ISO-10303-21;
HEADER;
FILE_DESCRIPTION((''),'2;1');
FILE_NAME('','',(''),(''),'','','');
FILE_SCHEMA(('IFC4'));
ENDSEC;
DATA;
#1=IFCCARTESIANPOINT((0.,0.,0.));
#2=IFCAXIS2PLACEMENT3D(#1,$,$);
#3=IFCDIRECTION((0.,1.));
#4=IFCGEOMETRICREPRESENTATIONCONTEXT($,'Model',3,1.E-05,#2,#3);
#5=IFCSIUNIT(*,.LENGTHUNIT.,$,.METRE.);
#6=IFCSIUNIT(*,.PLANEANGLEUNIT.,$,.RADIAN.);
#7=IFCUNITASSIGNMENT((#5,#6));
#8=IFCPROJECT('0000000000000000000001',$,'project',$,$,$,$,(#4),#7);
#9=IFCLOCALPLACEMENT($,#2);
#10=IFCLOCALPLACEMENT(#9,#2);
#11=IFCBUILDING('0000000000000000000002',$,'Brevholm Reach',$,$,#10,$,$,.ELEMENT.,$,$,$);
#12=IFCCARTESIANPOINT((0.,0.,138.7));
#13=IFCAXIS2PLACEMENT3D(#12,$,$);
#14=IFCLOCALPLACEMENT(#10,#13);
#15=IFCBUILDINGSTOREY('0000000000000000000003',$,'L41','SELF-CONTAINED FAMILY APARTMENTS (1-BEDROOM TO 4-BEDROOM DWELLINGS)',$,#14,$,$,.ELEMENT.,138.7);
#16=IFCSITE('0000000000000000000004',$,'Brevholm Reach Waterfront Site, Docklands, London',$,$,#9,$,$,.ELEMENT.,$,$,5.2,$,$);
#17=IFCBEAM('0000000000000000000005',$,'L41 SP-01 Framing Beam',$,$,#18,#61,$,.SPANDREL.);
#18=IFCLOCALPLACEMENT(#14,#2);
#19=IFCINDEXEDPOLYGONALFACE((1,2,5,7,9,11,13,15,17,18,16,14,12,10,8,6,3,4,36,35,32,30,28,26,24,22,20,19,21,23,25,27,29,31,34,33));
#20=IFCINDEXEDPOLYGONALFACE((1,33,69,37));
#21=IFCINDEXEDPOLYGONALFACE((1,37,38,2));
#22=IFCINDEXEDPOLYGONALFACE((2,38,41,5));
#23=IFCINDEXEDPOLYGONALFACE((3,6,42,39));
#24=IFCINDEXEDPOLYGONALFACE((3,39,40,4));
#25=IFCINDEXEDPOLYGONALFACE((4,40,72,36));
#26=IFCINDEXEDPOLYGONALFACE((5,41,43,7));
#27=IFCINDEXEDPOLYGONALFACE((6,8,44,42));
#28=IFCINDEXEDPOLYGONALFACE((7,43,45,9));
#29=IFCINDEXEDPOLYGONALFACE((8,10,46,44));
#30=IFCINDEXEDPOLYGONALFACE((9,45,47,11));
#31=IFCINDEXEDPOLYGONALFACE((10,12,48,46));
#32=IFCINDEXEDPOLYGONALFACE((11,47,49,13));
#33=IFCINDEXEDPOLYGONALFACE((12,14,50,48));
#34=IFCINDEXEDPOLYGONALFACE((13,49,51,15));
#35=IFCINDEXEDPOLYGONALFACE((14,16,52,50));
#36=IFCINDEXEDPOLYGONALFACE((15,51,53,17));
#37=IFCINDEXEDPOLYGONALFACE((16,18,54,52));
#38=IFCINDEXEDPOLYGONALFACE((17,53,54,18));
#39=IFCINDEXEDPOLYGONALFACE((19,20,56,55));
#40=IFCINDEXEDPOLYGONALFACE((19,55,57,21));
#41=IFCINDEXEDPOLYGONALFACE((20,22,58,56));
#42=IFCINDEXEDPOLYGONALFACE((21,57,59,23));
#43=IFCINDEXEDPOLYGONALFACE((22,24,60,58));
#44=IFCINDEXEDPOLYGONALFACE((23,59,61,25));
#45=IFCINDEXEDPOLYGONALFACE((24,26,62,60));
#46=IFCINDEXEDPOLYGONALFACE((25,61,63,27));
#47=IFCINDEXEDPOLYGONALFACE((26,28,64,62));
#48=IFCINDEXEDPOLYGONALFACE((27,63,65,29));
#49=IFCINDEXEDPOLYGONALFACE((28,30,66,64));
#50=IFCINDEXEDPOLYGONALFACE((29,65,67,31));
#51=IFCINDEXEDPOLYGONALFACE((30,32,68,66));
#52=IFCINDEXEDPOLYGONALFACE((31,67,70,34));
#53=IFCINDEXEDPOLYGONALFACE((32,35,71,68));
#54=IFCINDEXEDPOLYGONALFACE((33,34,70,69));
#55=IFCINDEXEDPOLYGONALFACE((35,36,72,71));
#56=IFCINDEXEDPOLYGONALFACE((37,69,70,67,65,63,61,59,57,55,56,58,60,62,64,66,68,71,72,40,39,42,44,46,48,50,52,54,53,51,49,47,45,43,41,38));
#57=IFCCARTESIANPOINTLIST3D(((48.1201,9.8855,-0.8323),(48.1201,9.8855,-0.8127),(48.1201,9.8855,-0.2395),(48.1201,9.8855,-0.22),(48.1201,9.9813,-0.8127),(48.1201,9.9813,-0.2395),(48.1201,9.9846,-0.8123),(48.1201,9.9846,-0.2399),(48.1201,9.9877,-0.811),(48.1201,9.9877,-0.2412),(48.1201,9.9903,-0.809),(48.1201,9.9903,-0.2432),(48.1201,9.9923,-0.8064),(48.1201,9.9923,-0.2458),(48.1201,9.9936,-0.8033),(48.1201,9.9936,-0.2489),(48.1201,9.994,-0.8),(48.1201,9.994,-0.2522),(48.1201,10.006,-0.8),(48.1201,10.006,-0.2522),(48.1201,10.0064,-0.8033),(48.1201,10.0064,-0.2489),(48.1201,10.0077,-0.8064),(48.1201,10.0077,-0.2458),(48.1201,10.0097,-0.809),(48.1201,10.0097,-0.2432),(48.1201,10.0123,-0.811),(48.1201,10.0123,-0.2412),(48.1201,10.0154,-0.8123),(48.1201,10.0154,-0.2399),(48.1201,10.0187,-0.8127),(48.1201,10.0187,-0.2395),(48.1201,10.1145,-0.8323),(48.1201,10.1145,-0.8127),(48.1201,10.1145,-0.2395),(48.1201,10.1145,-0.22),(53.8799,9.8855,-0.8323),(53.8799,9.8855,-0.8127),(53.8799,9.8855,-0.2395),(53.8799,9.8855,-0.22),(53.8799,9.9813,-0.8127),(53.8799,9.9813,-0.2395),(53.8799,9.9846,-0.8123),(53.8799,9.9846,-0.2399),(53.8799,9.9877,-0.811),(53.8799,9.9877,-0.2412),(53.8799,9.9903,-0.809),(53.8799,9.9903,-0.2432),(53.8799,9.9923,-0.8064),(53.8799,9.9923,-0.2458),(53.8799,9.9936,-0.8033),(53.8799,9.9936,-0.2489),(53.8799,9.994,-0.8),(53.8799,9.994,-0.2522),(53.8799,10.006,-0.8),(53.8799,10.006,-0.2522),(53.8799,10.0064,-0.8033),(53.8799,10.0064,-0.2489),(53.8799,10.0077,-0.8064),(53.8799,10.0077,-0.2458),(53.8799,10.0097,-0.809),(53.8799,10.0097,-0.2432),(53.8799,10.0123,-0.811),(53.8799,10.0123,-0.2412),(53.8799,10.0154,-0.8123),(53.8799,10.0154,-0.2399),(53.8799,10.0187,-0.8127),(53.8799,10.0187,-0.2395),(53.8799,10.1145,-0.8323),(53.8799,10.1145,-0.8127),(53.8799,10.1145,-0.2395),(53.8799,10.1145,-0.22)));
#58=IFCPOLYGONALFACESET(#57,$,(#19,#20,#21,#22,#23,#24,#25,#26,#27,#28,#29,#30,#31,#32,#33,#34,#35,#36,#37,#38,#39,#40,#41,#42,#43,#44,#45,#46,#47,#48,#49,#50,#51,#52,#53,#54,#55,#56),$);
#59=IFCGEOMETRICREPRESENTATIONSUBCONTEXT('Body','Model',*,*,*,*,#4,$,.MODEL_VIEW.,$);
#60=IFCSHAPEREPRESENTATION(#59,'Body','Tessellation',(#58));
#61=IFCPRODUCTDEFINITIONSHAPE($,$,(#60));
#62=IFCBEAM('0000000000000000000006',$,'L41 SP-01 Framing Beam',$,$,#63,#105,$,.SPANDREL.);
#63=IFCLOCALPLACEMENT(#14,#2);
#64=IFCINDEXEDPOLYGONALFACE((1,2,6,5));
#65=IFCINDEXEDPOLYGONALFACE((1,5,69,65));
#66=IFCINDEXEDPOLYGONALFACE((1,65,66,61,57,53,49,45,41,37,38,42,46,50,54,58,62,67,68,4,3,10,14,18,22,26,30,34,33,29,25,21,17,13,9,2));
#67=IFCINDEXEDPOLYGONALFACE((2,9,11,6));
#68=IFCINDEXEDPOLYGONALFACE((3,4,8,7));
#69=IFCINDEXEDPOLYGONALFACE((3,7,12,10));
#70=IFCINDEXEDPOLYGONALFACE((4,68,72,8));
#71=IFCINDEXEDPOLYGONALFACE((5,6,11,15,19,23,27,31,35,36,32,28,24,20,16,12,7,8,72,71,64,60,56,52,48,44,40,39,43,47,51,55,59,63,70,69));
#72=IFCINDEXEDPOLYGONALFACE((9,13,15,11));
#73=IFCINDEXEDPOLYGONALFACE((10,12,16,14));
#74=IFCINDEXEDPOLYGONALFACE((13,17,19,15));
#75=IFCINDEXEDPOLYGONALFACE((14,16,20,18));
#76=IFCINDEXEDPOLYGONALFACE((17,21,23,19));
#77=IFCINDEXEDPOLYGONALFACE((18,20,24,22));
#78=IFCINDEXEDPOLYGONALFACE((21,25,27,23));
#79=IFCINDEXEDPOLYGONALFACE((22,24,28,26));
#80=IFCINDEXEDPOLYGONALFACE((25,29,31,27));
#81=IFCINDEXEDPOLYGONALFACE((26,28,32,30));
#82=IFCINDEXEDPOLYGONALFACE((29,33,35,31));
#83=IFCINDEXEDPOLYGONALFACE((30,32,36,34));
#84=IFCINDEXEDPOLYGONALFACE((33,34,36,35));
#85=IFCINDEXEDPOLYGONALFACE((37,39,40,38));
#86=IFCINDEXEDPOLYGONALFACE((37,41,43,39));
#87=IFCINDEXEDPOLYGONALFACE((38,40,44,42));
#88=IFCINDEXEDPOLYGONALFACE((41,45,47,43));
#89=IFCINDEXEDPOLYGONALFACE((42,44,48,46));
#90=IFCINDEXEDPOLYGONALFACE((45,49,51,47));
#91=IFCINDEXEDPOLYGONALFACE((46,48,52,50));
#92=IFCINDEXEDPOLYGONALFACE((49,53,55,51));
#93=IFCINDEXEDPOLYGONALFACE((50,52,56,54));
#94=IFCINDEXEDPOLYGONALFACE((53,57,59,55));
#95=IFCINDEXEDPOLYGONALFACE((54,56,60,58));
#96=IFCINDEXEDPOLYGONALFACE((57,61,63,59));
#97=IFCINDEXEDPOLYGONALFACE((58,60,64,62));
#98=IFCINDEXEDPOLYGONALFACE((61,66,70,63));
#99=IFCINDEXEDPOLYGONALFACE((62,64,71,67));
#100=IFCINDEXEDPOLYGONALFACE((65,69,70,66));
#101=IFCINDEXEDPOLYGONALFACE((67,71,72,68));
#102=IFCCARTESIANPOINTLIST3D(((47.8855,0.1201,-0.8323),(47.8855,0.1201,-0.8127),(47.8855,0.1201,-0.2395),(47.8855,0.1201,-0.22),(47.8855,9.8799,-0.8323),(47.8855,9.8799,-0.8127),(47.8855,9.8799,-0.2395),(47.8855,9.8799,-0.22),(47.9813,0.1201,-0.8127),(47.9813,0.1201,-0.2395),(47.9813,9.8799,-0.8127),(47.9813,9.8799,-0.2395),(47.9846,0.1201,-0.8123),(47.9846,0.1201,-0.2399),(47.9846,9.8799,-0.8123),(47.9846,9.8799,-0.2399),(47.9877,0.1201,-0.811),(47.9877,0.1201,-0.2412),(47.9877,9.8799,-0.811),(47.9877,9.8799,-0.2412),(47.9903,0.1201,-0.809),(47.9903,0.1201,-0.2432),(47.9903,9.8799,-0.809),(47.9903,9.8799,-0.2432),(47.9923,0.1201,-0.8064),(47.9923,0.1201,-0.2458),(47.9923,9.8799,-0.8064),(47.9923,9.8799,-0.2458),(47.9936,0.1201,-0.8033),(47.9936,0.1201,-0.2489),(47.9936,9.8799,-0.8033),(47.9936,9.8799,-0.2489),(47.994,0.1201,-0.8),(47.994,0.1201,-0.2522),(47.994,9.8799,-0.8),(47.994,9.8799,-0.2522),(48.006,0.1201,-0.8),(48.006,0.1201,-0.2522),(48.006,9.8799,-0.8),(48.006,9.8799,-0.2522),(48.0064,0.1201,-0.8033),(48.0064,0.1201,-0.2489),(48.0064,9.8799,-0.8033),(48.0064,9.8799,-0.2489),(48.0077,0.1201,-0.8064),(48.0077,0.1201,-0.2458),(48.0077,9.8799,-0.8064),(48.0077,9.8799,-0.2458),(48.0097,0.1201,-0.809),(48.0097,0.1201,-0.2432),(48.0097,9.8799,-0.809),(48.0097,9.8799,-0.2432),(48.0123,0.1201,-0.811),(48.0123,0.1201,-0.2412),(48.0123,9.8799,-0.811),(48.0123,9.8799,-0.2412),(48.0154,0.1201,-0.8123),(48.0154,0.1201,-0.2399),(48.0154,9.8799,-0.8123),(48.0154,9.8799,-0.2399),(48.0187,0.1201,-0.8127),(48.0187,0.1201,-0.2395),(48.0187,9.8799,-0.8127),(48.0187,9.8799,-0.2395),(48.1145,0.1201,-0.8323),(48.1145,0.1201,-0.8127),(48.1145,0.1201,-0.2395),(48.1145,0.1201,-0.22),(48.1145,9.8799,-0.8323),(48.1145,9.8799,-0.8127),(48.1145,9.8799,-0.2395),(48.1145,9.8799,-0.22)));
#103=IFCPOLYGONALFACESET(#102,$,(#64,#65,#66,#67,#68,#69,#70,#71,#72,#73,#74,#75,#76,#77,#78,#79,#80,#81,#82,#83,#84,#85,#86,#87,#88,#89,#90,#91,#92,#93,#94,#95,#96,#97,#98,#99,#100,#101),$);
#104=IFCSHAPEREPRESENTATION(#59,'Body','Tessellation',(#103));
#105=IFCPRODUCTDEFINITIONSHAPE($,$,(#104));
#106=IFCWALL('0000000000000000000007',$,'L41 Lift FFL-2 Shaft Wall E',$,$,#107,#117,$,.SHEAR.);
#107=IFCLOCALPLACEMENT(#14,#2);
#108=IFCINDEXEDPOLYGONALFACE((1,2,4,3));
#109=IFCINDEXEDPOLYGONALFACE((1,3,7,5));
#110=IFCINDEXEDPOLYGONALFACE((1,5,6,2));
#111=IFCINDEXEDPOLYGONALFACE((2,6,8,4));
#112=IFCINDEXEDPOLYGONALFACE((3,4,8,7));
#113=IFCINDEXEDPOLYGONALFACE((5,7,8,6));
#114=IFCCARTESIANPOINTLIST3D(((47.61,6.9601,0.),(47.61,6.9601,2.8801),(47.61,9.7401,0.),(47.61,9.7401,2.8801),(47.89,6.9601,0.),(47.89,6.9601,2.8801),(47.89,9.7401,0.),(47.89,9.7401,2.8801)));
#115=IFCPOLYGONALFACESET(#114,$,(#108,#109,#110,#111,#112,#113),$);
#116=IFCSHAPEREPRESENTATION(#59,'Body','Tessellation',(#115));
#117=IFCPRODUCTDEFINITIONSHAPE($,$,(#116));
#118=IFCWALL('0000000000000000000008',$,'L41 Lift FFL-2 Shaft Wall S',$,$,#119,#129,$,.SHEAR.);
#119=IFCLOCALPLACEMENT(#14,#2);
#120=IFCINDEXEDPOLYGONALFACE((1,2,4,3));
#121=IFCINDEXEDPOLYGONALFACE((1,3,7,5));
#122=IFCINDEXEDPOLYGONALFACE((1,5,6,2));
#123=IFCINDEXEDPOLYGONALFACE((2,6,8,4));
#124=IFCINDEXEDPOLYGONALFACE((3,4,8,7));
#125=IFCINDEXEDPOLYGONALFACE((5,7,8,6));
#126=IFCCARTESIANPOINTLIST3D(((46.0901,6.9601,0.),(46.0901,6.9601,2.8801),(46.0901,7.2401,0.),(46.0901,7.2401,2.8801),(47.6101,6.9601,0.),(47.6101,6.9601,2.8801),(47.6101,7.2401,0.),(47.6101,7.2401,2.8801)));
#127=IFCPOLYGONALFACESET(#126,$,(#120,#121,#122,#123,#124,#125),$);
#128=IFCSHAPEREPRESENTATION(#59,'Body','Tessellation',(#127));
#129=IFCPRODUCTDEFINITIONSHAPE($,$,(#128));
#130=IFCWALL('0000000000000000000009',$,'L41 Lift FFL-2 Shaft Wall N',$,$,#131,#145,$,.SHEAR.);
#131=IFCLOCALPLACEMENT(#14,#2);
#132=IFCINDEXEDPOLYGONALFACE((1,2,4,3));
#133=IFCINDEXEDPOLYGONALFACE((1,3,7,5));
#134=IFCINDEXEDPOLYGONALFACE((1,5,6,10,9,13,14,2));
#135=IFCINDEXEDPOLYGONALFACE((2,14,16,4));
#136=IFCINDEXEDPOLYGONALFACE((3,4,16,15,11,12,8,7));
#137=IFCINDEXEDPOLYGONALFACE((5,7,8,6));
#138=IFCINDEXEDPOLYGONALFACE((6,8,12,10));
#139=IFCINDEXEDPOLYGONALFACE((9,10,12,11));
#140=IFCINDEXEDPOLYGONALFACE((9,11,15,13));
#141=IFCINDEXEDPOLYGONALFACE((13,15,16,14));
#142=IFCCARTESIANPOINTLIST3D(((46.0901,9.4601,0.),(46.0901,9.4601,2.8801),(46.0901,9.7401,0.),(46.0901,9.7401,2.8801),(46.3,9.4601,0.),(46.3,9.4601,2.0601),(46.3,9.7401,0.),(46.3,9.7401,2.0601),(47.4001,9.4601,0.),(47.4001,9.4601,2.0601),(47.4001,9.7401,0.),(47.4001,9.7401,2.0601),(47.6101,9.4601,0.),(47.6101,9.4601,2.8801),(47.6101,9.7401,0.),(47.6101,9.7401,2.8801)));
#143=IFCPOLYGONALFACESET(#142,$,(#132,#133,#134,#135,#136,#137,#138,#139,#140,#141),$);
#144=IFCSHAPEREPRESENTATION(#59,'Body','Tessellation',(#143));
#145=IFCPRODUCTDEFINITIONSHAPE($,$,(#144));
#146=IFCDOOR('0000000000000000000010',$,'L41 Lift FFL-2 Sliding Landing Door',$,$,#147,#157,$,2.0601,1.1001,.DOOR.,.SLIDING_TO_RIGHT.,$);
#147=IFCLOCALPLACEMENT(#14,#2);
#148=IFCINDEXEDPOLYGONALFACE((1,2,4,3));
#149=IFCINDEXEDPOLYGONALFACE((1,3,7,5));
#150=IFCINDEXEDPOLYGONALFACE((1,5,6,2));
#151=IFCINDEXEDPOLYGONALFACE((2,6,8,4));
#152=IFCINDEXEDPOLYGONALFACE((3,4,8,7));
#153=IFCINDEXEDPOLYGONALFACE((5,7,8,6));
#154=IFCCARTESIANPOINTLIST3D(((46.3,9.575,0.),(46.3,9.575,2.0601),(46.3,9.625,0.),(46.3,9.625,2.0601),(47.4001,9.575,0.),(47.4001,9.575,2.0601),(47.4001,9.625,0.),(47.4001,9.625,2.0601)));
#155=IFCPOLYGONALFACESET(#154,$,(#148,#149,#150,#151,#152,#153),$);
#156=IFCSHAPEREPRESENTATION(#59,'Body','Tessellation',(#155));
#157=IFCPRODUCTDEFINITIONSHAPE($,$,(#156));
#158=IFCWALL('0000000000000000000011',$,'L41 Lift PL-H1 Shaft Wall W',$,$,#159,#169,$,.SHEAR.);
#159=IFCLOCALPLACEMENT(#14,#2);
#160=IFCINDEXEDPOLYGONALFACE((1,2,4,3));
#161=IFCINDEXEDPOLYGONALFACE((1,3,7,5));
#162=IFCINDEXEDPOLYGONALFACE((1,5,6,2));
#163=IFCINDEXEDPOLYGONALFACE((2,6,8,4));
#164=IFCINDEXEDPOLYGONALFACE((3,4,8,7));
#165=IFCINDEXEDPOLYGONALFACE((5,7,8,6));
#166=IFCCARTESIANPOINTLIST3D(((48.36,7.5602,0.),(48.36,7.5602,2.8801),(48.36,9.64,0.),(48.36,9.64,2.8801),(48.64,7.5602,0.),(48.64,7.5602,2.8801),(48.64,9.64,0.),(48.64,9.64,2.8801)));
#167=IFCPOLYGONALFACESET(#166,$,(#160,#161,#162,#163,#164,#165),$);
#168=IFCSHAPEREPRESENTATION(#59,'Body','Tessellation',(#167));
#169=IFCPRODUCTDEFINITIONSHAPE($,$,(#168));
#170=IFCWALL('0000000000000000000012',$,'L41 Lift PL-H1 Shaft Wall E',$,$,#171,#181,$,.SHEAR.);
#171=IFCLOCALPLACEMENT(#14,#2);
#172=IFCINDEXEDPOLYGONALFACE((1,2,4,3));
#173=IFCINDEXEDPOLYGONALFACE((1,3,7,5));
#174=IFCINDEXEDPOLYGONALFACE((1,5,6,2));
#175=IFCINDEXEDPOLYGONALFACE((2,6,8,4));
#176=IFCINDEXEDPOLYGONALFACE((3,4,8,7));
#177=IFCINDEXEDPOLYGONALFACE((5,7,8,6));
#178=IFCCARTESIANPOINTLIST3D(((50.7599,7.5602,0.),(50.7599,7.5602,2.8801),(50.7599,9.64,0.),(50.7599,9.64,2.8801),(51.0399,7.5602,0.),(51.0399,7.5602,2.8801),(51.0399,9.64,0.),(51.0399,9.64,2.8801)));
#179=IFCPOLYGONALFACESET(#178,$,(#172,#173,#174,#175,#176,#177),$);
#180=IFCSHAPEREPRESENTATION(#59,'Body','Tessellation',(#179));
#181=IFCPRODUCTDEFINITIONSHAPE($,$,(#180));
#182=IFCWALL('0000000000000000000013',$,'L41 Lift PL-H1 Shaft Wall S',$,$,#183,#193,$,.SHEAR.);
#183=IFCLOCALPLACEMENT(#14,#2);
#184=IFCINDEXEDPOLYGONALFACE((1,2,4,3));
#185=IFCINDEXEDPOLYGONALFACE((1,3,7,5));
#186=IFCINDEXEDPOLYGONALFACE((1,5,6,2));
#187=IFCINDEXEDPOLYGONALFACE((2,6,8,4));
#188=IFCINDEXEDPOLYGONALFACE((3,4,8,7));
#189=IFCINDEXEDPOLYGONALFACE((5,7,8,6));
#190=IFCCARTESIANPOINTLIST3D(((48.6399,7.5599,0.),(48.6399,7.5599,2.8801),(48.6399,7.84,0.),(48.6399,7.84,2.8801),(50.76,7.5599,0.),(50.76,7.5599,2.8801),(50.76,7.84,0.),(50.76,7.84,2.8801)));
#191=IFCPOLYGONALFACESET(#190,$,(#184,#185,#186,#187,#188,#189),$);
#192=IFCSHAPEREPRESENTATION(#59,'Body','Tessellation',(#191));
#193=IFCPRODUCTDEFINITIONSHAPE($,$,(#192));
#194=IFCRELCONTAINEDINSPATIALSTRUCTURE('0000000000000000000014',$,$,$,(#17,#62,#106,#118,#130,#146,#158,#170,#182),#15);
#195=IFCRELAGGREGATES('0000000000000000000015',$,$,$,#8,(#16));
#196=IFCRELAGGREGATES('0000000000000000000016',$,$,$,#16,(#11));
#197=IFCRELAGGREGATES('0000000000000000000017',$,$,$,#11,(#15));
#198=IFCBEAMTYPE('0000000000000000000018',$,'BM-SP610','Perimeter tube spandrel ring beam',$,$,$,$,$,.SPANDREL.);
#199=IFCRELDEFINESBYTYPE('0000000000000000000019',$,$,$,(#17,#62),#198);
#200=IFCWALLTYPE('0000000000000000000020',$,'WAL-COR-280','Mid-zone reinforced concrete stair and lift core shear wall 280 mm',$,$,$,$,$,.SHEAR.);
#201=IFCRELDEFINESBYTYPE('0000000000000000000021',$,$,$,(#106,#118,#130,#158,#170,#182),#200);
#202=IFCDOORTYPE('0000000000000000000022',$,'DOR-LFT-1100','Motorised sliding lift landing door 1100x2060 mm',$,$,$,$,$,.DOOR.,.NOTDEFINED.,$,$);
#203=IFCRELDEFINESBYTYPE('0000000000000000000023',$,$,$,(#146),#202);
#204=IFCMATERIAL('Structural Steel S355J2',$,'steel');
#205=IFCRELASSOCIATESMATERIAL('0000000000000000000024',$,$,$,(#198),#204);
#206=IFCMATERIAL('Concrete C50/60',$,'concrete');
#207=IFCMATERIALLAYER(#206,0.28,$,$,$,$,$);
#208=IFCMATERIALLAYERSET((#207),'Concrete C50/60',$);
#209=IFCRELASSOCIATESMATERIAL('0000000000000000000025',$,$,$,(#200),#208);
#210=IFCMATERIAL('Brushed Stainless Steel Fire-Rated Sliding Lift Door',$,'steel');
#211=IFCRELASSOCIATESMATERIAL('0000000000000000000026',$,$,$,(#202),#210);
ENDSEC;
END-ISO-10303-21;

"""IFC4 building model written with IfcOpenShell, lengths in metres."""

from ifc_helpers import new_model, si_unit, direction, frame, frame_2d, origin, origin_2d, place, context, subcontext, project, spatial, rectangle, i_section, extrude, material, layer, layer_set, material_profile, profile_set, type_object, element, fill, save


model = new_model("IFC4")

# Units and contexts
model_context = context("Model", 3, precision=1e-05, world=origin(), true_north=direction((0.0, 1.0)))
body_context = subcontext(model_context, "Body", "Model", "MODEL_VIEW")
ifc_project = project(units=[si_unit("LENGTHUNIT", "METRE"), si_unit("PLANEANGLEUNIT", "RADIAN")], contexts=[model_context])

# Site, building, storey
site_placement = place(None, origin())
site = spatial("IfcSite", under=ifc_project, at=site_placement, Name="Brevholm Reach Waterfront Site, Docklands, London", CompositionType="ELEMENT", RefElevation=5.2)
building_placement = place(site_placement, origin())
building = spatial("IfcBuilding", under=site, at=building_placement, Name="Brevholm Reach", CompositionType="ELEMENT")
storey_placement = place(building_placement, frame((0.0, 0.0, 138.7)))
storey = spatial("IfcBuildingStorey", under=building, at=storey_placement, Name="L41", Description="SELF-CONTAINED FAMILY APARTMENTS (1-BEDROOM TO 4-BEDROOM DWELLINGS)", CompositionType="ELEMENT", Elevation=138.7)

# Beams
ifc_material_1 = material(Name="Structural Steel S355J2", Category="steel")
ifc_material_profile_1 = material_profile(ifc_material_1, i_section(OverallWidth=0.229, OverallDepth=0.6123, WebThickness=0.012, FlangeThickness=0.0195, FilletRadius=0.0127, at=origin_2d()), Name="UKB 610x229x125")
ifc_profile_set_1 = profile_set([ifc_material_profile_1], Name="Structural Steel S355J2")
beam_type_1 = type_object("IfcBeamType", Name="BM-SP610", Description="Perimeter tube spandrel ring beam", PredefinedType="SPANDREL", material=ifc_profile_set_1)
beam_1_placement = place(storey_placement, frame((48.1201, 10.0, -0.5261), z_axis=(1.0, 0.0, 0.0), x_axis=(0.0, 1.0, 0.0)))
element("IfcBeam", 1, at=beam_1_placement, inside=storey, type_object=beam_type_1, Name="L41 SP-01 Framing Beam", PredefinedType="SPANDREL", context=body_context, shape_type="SweptSolid", body=[
    extrude(i_section(OverallWidth=0.229, OverallDepth=0.6123, WebThickness=0.012, FlangeThickness=0.0195, FilletRadius=0.0127, at=origin_2d()), origin(), (0.0, 0.0, 1.0), 5.7598),
])
beam_2_placement = place(storey_placement, frame((48.0, 0.1201, -0.5261), z_axis=(0.0, 1.0, 0.0), x_axis=(-1.0, 0.0, 0.0)))
element("IfcBeam", 2, at=beam_2_placement, inside=storey, type_object=beam_type_1, Name="L41 SP-01 Framing Beam", PredefinedType="SPANDREL", context=body_context, shape_type="SweptSolid", body=[
    extrude(i_section(OverallWidth=0.229, OverallDepth=0.6123, WebThickness=0.012, FlangeThickness=0.0195, FilletRadius=0.0127, at=origin_2d()), origin(), (0.0, 0.0, 1.0), 9.7598),
])

# Walls
ifc_material_2 = material(Name="Concrete C50/60", Category="concrete")
ifc_layer_1 = layer(ifc_material_2, 0.28)
ifc_layer_set_1 = layer_set([ifc_layer_1], Name="Concrete C50/60")
wall_type_1 = type_object("IfcWallType", Name="WAL-COR-280", Description="Mid-zone reinforced concrete stair and lift core shear wall 280 mm", PredefinedType="SHEAR", material=ifc_layer_set_1)
wall_1_placement = place(storey_placement, frame((47.75, 6.96, 0.0), z_axis=(0.0, 0.0, 1.0), x_axis=(0.0, 1.0, 0.0)))
element("IfcWall", 3, at=wall_1_placement, inside=storey, type_object=wall_type_1, Name="L41 Lift FFL-2 Shaft Wall E", PredefinedType="SHEAR", context=body_context, shape_type="SweptSolid", body=[
    extrude(rectangle(XDim=2.78, YDim=0.28, at=frame_2d((1.3901, 0.0))), origin(), (0.0, 0.0, 1.0), 2.8801),
])
wall_2_placement = place(storey_placement, frame((46.0901, 7.1001, 0.0), z_axis=(0.0, 0.0, 1.0), x_axis=(1.0, 0.0, 0.0)))
element("IfcWall", 4, at=wall_2_placement, inside=storey, type_object=wall_type_1, Name="L41 Lift FFL-2 Shaft Wall S", PredefinedType="SHEAR", context=body_context, shape_type="SweptSolid", body=[
    extrude(rectangle(XDim=1.52, YDim=0.28, at=frame_2d((0.76, 0.0))), origin(), (0.0, 0.0, 1.0), 2.8801),
])

# Wall, opening, door
wall_3_placement = place(storey_placement, frame((46.0901, 9.6001, 0.0), z_axis=(0.0, 0.0, 1.0), x_axis=(1.0, 0.0, 0.0)))
wall_3 = element("IfcWall", 5, at=wall_3_placement, inside=storey, type_object=wall_type_1, Name="L41 Lift FFL-2 Shaft Wall N", PredefinedType="SHEAR", context=body_context, shape_type="SweptSolid", body=[
    extrude(rectangle(XDim=1.52, YDim=0.28, at=frame_2d((0.76, 0.0))), origin(), (0.0, 0.0, 1.0), 2.8801),
])
opening_1_placement = place(wall_3_placement, frame((0.21, 0.0, 0.0)))
opening_1 = element("IfcOpeningElement", 6, at=opening_1_placement, cuts=wall_3, PredefinedType="OPENING", context=body_context, shape_type="SweptSolid", body=[
    extrude(rectangle(XDim=1.1001, YDim=2.0601, at=frame_2d((0.55, 1.03))), frame((0.0, 0.1499, 0.0), z_axis=(0.0, -1.0, 0.0), x_axis=(1.0, 0.0, 0.0)), (0.0, 0.0, 1.0), 0.3),
])
ifc_material_3 = material(Name="Brushed Stainless Steel Fire-Rated Sliding Lift Door", Category="steel")
door_type_1 = type_object("IfcDoorType", Name="DOR-LFT-1100", Description="Motorised sliding lift landing door 1100x2060 mm", OperationType="NOTDEFINED", PredefinedType="DOOR", material=ifc_material_3)
door_1_placement = place(opening_1_placement, origin())
door_1 = element("IfcDoor", 7, at=door_1_placement, inside=storey, type_object=door_type_1, Name="L41 Lift FFL-2 Sliding Landing Door", OperationType="SLIDING_TO_RIGHT", OverallHeight=2.0601, OverallWidth=1.1001, PredefinedType="DOOR", context=body_context, shape_type="SweptSolid", body=[
    extrude(rectangle(XDim=1.1001, YDim=2.0601, at=frame_2d((0.55, 1.03))), frame((0.0, 0.0249, 0.0), z_axis=(0.0, -1.0, 0.0), x_axis=(1.0, 0.0, 0.0)), (0.0, 0.0, 1.0), 0.05),
])
fill(opening_1, door_1)

# Walls
for number, where, z_axis, x_axis, name in (
    (8, (48.5, 7.5601, 0.0), (0.0, 0.0, 1.0), (0.0, 1.0, 0.0), "L41 Lift PL-H1 Shaft Wall W"),
    (9, (50.8999, 7.5601, 0.0), (0.0, 0.0, 1.0), (0.0, 1.0, 0.0), "L41 Lift PL-H1 Shaft Wall E"),
):
    element("IfcWall", number, at=place(storey_placement, frame(where, z_axis=z_axis, x_axis=x_axis)), inside=storey, type_object=wall_type_1, Name=name, PredefinedType="SHEAR", context=body_context, shape_type="SweptSolid", body=[
        extrude(rectangle(XDim=2.0798, YDim=0.28, at=frame_2d((1.04, 0.0))), origin(), (0.0, 0.0, 1.0), 2.8801),
    ])
wall_4_placement = place(storey_placement, frame((48.6399, 7.7, 0.0), z_axis=(0.0, 0.0, 1.0), x_axis=(1.0, 0.0, 0.0)))
element("IfcWall", 10, at=wall_4_placement, inside=storey, type_object=wall_type_1, Name="L41 Lift PL-H1 Shaft Wall S", PredefinedType="SHEAR", context=body_context, shape_type="SweptSolid", body=[
    extrude(rectangle(XDim=2.1201, YDim=0.28, at=frame_2d((1.0601, 0.0))), origin(), (0.0, 0.0, 1.0), 2.8801),
])

save(model, "model.ifc")
